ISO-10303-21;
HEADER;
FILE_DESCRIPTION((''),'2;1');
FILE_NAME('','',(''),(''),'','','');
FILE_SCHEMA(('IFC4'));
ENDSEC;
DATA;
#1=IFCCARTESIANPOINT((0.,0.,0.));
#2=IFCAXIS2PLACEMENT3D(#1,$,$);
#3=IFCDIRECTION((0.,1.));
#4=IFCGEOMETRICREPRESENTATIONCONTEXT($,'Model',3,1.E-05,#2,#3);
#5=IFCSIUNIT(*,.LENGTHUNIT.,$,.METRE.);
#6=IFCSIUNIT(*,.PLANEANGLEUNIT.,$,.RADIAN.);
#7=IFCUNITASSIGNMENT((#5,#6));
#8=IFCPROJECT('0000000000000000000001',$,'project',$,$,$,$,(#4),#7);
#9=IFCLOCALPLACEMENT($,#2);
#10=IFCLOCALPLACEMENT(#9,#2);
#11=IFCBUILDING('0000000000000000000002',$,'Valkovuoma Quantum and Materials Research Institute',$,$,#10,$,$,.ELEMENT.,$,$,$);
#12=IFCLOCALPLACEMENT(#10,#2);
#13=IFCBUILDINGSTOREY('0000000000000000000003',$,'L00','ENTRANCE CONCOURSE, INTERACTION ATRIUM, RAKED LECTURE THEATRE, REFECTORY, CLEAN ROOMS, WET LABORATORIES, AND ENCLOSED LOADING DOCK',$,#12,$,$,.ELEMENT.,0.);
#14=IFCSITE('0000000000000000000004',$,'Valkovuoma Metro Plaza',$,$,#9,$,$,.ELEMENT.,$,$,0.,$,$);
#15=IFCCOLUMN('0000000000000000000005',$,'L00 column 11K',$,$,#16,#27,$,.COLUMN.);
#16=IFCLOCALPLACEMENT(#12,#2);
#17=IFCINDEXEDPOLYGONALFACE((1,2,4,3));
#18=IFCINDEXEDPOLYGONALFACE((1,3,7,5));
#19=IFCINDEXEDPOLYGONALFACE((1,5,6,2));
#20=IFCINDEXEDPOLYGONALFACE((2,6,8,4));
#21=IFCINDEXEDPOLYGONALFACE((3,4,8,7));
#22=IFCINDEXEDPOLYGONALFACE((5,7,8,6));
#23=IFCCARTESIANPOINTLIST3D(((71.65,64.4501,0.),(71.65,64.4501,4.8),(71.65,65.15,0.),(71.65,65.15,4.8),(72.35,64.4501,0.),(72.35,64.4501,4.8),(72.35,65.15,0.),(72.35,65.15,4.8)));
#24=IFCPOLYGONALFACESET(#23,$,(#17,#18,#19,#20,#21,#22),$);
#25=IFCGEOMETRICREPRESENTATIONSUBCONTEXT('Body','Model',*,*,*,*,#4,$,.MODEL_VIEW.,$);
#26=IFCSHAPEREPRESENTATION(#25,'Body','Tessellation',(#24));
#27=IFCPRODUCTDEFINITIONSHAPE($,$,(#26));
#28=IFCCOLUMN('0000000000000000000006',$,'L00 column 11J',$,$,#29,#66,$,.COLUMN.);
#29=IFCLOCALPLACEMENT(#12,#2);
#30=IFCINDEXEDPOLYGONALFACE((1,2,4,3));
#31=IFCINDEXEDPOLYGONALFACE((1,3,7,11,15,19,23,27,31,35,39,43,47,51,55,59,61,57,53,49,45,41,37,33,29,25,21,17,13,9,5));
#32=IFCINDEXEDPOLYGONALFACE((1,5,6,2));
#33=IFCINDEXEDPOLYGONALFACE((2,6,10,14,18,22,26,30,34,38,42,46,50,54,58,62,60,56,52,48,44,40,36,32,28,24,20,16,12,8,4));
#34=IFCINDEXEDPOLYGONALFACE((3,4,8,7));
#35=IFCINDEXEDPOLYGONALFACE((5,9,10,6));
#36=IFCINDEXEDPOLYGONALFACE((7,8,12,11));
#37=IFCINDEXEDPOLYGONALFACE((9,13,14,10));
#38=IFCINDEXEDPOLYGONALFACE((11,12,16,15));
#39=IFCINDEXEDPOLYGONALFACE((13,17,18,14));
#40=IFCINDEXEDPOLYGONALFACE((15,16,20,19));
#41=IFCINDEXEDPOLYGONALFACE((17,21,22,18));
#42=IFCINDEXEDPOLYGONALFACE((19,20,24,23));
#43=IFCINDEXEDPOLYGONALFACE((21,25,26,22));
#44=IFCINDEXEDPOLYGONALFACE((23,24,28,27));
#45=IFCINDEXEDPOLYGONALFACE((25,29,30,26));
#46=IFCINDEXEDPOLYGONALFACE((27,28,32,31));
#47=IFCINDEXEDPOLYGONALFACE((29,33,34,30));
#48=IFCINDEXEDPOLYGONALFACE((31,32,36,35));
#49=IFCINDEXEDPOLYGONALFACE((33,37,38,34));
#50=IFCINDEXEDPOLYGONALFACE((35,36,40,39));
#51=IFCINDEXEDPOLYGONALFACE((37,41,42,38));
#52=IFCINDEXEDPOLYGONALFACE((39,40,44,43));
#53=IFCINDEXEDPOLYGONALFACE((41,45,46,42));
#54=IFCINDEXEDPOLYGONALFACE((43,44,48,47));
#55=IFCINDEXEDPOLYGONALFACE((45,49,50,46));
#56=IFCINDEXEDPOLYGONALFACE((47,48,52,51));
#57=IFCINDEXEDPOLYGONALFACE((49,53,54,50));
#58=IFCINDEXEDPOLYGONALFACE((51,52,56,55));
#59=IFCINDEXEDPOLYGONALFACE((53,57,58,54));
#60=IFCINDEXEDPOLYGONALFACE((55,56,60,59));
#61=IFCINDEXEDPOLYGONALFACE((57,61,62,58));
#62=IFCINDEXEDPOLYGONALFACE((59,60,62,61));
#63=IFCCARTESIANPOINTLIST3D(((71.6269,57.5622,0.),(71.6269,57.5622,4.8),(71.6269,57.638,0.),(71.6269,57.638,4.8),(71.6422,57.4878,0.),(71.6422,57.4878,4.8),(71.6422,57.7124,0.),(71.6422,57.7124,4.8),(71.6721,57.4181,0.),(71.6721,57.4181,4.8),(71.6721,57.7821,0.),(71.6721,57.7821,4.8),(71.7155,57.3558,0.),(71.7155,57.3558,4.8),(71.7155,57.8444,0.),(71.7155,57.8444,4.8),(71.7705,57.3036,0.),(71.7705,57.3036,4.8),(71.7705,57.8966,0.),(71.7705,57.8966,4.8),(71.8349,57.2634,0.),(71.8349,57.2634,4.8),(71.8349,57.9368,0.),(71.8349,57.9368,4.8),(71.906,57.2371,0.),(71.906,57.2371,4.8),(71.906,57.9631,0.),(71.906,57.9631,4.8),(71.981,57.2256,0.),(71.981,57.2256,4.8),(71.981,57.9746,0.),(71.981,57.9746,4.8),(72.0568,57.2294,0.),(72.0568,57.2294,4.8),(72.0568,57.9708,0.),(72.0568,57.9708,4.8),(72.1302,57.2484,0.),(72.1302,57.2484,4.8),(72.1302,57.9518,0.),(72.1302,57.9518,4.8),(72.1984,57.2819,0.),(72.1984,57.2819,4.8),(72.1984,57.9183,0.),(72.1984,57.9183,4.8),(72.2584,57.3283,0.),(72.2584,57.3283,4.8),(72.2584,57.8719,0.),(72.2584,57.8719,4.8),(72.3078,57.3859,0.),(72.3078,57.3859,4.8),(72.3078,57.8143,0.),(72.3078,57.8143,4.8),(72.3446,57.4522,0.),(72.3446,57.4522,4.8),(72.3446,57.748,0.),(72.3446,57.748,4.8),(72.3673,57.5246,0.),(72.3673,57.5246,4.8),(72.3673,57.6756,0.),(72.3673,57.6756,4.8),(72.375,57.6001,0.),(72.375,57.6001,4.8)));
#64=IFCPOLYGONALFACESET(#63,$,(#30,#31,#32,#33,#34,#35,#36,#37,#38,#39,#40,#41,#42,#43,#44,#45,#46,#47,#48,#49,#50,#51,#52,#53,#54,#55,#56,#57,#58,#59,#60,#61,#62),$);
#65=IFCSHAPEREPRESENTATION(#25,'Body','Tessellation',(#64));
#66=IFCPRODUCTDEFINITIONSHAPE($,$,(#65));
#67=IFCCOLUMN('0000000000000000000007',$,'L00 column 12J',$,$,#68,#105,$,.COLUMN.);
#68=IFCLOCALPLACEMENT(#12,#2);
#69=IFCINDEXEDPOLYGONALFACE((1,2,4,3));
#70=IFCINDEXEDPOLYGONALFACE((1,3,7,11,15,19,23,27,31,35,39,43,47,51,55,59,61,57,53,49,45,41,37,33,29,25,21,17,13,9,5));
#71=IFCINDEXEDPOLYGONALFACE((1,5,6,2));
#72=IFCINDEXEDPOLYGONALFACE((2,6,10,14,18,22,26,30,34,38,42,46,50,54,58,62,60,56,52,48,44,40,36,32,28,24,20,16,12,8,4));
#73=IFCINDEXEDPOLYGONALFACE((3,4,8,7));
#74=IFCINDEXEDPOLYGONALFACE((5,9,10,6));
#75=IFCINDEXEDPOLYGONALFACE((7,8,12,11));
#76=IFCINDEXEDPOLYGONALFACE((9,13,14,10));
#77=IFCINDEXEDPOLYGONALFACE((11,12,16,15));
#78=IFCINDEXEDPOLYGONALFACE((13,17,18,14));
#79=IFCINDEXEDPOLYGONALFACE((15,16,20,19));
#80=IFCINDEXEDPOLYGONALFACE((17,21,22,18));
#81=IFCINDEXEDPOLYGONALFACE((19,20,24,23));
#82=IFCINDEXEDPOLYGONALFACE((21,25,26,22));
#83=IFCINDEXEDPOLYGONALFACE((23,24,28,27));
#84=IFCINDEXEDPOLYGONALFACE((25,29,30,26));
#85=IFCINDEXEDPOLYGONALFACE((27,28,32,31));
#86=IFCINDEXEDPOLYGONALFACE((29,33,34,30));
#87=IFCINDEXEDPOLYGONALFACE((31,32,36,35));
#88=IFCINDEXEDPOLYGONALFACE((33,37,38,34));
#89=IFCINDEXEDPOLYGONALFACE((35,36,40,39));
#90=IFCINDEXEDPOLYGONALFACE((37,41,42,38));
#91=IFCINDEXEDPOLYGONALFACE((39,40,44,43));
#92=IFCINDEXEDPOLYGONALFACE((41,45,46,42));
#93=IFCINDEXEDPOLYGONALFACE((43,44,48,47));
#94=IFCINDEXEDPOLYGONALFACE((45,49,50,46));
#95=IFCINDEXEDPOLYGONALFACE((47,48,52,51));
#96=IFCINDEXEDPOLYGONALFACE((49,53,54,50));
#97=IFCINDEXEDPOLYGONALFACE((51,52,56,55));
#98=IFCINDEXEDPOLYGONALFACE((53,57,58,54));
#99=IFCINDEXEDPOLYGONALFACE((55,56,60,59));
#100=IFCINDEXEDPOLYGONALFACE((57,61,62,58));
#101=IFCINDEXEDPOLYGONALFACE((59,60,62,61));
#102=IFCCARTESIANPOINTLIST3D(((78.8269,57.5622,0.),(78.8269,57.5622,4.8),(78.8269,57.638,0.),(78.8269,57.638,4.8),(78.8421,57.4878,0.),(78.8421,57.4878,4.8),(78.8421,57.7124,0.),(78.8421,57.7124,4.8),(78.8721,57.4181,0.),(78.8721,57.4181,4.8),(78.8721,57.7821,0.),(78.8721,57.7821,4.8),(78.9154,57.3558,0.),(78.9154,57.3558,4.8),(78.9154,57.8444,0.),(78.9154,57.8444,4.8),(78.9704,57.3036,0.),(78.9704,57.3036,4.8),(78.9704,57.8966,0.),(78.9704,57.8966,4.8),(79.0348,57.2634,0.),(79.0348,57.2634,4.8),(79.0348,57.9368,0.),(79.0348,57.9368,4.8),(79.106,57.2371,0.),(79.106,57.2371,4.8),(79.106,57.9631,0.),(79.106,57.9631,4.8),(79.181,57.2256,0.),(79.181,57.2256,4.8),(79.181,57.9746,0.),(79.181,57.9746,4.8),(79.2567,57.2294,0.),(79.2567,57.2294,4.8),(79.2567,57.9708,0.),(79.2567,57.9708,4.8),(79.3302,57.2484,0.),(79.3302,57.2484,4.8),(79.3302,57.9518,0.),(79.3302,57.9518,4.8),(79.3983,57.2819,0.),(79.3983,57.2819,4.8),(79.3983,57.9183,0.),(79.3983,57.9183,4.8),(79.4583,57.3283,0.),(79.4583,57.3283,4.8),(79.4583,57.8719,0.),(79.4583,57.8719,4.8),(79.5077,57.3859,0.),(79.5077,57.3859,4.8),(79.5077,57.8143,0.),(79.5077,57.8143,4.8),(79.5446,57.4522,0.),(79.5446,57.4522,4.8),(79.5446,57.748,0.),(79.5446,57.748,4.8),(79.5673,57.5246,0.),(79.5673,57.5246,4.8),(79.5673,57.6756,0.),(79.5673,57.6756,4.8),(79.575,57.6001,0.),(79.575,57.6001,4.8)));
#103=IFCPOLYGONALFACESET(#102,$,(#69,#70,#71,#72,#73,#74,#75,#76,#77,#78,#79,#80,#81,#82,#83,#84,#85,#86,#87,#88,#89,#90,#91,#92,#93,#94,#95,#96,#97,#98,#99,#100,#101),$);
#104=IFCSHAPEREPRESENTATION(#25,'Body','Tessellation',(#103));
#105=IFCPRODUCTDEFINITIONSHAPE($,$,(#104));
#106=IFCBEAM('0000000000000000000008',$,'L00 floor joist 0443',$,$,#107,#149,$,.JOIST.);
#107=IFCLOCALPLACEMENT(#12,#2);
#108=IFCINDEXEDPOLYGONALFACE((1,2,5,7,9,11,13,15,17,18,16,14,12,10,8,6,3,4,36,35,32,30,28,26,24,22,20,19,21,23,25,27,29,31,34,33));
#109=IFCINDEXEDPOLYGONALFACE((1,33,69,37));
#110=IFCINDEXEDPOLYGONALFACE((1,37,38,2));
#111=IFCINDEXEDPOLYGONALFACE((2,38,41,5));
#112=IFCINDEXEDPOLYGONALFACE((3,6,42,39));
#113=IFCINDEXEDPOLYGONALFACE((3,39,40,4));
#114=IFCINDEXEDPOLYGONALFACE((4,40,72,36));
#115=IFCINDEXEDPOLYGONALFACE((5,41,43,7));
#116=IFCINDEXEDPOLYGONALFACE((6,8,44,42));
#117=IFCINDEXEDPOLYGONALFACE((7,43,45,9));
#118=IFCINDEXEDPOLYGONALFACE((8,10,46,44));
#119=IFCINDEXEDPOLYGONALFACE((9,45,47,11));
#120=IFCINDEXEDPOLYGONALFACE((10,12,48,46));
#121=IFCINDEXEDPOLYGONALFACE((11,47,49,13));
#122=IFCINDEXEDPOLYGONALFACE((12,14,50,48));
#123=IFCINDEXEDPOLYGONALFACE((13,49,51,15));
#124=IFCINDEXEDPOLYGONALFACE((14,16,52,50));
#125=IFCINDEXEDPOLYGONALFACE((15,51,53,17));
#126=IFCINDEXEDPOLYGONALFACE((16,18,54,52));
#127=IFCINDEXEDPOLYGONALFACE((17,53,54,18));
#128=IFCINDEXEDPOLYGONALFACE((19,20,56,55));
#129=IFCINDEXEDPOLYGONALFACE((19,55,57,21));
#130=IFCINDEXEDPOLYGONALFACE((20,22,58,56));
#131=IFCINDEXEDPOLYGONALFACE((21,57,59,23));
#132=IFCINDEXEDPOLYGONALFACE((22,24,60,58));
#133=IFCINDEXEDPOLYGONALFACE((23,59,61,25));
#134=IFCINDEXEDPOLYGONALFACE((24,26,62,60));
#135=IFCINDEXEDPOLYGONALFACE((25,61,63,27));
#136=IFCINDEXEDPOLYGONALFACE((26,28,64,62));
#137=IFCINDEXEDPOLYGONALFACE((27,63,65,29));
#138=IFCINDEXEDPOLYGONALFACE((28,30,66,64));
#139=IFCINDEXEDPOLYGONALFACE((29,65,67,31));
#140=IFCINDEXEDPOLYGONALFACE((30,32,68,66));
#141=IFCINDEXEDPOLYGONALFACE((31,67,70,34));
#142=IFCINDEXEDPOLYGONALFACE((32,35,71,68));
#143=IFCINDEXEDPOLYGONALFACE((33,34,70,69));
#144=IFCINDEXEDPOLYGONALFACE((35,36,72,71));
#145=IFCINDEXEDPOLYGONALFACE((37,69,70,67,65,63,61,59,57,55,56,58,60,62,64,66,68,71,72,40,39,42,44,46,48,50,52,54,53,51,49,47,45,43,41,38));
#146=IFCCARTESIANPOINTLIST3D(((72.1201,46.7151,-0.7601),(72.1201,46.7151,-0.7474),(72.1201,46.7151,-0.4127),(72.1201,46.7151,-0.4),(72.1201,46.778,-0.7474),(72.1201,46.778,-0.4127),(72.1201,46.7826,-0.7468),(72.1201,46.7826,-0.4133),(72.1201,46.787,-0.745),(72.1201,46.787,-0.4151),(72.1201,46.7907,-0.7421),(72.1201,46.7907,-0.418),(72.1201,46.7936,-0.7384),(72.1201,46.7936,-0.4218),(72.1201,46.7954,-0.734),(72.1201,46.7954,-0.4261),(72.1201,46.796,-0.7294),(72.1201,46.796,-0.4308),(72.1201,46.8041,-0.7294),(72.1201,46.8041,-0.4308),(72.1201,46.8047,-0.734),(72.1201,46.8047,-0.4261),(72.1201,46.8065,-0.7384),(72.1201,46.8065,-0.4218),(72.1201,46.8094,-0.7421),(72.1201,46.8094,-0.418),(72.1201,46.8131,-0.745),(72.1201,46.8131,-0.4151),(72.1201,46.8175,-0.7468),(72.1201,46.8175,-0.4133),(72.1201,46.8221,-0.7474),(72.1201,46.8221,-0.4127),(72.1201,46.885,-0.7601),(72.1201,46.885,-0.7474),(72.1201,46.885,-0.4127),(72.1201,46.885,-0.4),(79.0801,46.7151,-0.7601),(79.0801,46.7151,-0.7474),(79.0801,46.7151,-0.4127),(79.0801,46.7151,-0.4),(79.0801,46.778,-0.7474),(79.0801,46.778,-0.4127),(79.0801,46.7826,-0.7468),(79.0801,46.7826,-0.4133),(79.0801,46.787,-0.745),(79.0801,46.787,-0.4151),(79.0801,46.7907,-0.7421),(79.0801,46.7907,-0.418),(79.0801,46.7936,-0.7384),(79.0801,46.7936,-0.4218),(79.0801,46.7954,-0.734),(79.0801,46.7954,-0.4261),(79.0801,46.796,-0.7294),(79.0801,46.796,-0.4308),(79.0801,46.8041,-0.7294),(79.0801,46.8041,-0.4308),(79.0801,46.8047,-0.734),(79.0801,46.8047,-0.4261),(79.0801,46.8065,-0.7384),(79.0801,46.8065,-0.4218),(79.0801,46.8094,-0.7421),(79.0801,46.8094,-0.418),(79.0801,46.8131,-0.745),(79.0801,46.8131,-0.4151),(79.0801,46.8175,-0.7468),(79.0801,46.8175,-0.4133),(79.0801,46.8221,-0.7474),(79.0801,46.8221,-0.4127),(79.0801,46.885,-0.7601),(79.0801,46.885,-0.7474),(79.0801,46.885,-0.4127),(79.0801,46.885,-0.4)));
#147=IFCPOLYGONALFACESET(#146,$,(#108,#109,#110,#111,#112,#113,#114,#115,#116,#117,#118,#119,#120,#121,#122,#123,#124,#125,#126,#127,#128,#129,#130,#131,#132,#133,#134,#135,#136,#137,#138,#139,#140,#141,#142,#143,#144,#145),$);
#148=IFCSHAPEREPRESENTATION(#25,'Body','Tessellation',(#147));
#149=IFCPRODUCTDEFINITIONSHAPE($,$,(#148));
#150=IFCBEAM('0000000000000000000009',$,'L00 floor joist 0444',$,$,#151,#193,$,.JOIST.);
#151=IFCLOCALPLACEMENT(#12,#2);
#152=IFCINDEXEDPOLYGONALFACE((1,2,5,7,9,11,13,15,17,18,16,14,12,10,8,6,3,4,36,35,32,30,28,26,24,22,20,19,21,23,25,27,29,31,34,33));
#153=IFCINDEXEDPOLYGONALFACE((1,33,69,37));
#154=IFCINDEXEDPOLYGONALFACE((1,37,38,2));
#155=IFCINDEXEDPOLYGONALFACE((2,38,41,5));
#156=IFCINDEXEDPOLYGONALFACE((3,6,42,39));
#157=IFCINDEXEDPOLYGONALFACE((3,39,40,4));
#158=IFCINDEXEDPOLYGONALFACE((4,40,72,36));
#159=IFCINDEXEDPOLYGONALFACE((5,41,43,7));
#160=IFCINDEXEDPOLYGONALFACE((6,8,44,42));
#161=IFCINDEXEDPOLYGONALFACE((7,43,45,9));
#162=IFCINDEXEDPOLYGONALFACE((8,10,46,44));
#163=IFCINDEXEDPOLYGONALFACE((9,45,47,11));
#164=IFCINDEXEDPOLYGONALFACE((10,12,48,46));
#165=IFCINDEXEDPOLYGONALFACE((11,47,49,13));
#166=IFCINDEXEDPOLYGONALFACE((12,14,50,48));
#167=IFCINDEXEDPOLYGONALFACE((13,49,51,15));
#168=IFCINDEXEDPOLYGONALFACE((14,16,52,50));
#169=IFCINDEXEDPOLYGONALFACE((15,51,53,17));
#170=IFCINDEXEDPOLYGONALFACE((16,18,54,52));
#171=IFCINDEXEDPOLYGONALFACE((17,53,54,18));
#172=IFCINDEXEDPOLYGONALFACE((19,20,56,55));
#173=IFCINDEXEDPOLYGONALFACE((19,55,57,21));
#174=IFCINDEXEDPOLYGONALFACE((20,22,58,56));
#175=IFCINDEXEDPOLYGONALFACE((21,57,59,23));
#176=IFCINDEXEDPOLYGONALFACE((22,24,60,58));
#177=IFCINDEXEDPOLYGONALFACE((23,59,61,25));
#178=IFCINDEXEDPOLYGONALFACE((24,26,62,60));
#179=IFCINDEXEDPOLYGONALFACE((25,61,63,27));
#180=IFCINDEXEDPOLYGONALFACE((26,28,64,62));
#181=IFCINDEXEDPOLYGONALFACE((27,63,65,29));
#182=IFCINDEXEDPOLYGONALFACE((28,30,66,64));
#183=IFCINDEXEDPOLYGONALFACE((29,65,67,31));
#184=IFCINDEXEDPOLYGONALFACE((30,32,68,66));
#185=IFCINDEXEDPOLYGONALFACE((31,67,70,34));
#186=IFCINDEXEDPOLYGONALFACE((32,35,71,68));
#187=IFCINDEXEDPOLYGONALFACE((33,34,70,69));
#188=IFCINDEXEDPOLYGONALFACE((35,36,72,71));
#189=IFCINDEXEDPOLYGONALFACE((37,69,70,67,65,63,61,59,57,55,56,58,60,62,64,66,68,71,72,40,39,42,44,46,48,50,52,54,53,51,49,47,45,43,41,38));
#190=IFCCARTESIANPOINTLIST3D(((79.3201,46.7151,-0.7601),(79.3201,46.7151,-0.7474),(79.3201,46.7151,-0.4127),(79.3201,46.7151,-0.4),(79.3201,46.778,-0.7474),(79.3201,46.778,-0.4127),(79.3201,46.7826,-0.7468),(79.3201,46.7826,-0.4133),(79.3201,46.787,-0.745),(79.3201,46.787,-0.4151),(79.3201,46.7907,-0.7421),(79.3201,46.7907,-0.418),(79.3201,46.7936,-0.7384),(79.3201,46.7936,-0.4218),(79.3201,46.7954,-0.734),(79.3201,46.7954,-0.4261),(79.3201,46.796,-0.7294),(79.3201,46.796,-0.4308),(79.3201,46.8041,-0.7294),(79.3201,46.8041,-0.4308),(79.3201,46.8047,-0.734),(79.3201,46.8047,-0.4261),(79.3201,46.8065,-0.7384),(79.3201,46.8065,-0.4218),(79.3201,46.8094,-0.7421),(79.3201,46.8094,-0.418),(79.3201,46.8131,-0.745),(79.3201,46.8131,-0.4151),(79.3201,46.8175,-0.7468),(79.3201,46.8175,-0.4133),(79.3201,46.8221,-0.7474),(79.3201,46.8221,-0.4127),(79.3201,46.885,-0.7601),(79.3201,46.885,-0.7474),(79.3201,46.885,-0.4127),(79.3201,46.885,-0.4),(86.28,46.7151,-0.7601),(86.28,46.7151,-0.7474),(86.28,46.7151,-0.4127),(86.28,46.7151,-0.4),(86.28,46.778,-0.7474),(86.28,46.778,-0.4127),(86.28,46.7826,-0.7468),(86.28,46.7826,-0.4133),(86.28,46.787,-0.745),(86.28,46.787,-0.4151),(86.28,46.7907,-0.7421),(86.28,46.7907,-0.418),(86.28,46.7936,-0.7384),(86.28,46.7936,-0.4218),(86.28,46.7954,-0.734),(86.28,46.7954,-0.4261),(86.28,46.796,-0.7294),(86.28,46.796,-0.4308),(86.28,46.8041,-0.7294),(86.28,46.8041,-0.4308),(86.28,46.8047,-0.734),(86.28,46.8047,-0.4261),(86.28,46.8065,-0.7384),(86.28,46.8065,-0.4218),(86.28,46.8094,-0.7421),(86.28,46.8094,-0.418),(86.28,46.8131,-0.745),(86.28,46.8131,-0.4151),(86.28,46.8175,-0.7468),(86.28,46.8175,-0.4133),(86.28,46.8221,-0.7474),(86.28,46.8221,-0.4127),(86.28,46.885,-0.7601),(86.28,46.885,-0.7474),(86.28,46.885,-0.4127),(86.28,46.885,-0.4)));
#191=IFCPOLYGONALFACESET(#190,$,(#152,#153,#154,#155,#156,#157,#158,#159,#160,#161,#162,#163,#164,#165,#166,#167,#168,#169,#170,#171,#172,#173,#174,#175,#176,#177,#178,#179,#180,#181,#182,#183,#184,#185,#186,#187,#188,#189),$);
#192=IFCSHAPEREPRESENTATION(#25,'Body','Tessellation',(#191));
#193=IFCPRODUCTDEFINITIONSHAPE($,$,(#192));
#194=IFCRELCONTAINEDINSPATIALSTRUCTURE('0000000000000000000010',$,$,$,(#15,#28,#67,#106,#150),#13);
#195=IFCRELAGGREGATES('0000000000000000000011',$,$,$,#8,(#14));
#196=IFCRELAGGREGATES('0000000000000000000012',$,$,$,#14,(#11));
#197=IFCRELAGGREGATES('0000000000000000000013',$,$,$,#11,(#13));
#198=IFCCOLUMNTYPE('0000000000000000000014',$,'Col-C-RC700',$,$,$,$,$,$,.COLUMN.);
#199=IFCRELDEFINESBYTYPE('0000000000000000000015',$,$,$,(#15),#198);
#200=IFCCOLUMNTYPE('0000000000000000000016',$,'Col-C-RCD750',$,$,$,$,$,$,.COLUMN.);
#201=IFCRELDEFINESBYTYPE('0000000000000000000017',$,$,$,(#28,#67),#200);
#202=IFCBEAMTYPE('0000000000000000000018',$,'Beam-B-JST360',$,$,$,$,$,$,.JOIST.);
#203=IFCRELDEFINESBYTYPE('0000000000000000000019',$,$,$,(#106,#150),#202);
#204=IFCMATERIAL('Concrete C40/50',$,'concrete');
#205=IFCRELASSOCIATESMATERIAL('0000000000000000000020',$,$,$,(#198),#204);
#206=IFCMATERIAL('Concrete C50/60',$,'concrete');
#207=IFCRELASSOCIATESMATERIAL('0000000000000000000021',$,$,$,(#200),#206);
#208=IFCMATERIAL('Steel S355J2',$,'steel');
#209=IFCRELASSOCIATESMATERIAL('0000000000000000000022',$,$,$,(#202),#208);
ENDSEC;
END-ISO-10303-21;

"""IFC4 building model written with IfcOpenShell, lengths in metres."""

from ifc_helpers import new_model, si_unit, direction, frame, origin, origin_2d, place, context, subcontext, project, spatial, rectangle, circle, i_section, extrude, material, material_profile, profile_set, type_object, element, save


model = new_model("IFC4")

# Units and contexts
model_context = context("Model", 3, precision=1e-05, world=origin(), true_north=direction((0.0, 1.0)))
body_context = subcontext(model_context, "Body", "Model", "MODEL_VIEW")
ifc_project = project(units=[si_unit("LENGTHUNIT", "METRE"), si_unit("PLANEANGLEUNIT", "RADIAN")], contexts=[model_context])

# Site, building, storey
site_placement = place(None, origin())
site = spatial("IfcSite", under=ifc_project, at=site_placement, Name="Valkovuoma Metro Plaza", CompositionType="ELEMENT", RefElevation=0.0)
building_placement = place(site_placement, origin())
building = spatial("IfcBuilding", under=site, at=building_placement, Name="Valkovuoma Quantum and Materials Research Institute", CompositionType="ELEMENT")
storey_placement = place(building_placement, origin())
storey = spatial("IfcBuildingStorey", under=building, at=storey_placement, Name="L00", Description="ENTRANCE CONCOURSE, INTERACTION ATRIUM, RAKED LECTURE THEATRE, REFECTORY, CLEAN ROOMS, WET LABORATORIES, AND ENCLOSED LOADING DOCK", CompositionType="ELEMENT", Elevation=0.0)

# Columns
ifc_material_1 = material(Name="Concrete C40/50", Category="concrete")
ifc_material_profile_1 = material_profile(ifc_material_1, rectangle(XDim=0.7, YDim=0.7, at=origin_2d()), Name="Concrete C40/50")
ifc_profile_set_1 = profile_set([ifc_material_profile_1], Name="Concrete C40/50")
column_type_1 = type_object("IfcColumnType", Name="Col-C-RC700", PredefinedType="COLUMN", material=ifc_profile_set_1)
column_placement = place(storey_placement, frame((72.0, 64.8, 0.0), z_axis=(0.0, 0.0, 1.0), x_axis=(1.0, 0.0, 0.0)))
element("IfcColumn", 1, at=column_placement, inside=storey, type_object=column_type_1, Name="L00 column 11K", PredefinedType="COLUMN", context=body_context, shape_type="SweptSolid", body=[
    extrude(rectangle(XDim=0.7, YDim=0.7, at=origin_2d()), origin(), (0.0, 0.0, 1.0), 4.8),
])
ifc_material_2 = material(Name="Concrete C50/60", Category="concrete")
ifc_material_profile_2 = material_profile(ifc_material_2, circle(Radius=0.375, at=origin_2d()), Name="Concrete C50/60")
ifc_profile_set_2 = profile_set([ifc_material_profile_2], Name="Concrete C50/60")
column_type_2 = type_object("IfcColumnType", Name="Col-C-RCD750", PredefinedType="COLUMN", material=ifc_profile_set_2)
for number, where, z_axis, x_axis, name in (
    (2, (72.0, 57.6001, 0.0), (0.0, 0.0, 1.0), (1.0, 0.0, 0.0), "L00 column 11J"),
    (3, (79.2, 57.6001, 0.0), (0.0, 0.0, 1.0), (1.0, 0.0, 0.0), "L00 column 12J"),
):
    element("IfcColumn", number, at=place(storey_placement, frame(where, z_axis=z_axis, x_axis=x_axis)), inside=storey, type_object=column_type_2, Name=name, PredefinedType="COLUMN", context=body_context, shape_type="SweptSolid", body=[
        extrude(circle(Radius=0.375, at=origin_2d()), origin(), (0.0, 0.0, 1.0), 4.8),
    ])

# Beams
ifc_material_3 = material(Name="Steel S355J2", Category="steel")
ifc_material_profile_3 = material_profile(ifc_material_3, i_section(OverallWidth=0.1699, OverallDepth=0.3601, WebThickness=0.0081, FlangeThickness=0.0127, FilletRadius=0.0181, at=origin_2d()), Name="Steel S355J2")
ifc_profile_set_3 = profile_set([ifc_material_profile_3], Name="Steel S355J2")
beam_type_1 = type_object("IfcBeamType", Name="Beam-B-JST360", PredefinedType="JOIST", material=ifc_profile_set_3)
for number, where, z_axis, x_axis, name in (
    (4, (72.1201, 46.8, -0.5801), (1.0, 0.0, 0.0), (0.0, 1.0, 0.0), "L00 floor joist 0443"),
    (5, (79.3201, 46.8, -0.5801), (1.0, 0.0, 0.0), (0.0, 1.0, 0.0), "L00 floor joist 0444"),
):
    element("IfcBeam", number, at=place(storey_placement, frame(where, z_axis=z_axis, x_axis=x_axis)), inside=storey, type_object=beam_type_1, Name=name, PredefinedType="JOIST", context=body_context, shape_type="SweptSolid", body=[
        extrude(i_section(OverallWidth=0.1699, OverallDepth=0.3601, WebThickness=0.0081, FlangeThickness=0.0127, FilletRadius=0.0181, at=origin_2d()), origin(), (0.0, 0.0, 1.0), 6.96),
    ])

save(model, "model.ifc")
